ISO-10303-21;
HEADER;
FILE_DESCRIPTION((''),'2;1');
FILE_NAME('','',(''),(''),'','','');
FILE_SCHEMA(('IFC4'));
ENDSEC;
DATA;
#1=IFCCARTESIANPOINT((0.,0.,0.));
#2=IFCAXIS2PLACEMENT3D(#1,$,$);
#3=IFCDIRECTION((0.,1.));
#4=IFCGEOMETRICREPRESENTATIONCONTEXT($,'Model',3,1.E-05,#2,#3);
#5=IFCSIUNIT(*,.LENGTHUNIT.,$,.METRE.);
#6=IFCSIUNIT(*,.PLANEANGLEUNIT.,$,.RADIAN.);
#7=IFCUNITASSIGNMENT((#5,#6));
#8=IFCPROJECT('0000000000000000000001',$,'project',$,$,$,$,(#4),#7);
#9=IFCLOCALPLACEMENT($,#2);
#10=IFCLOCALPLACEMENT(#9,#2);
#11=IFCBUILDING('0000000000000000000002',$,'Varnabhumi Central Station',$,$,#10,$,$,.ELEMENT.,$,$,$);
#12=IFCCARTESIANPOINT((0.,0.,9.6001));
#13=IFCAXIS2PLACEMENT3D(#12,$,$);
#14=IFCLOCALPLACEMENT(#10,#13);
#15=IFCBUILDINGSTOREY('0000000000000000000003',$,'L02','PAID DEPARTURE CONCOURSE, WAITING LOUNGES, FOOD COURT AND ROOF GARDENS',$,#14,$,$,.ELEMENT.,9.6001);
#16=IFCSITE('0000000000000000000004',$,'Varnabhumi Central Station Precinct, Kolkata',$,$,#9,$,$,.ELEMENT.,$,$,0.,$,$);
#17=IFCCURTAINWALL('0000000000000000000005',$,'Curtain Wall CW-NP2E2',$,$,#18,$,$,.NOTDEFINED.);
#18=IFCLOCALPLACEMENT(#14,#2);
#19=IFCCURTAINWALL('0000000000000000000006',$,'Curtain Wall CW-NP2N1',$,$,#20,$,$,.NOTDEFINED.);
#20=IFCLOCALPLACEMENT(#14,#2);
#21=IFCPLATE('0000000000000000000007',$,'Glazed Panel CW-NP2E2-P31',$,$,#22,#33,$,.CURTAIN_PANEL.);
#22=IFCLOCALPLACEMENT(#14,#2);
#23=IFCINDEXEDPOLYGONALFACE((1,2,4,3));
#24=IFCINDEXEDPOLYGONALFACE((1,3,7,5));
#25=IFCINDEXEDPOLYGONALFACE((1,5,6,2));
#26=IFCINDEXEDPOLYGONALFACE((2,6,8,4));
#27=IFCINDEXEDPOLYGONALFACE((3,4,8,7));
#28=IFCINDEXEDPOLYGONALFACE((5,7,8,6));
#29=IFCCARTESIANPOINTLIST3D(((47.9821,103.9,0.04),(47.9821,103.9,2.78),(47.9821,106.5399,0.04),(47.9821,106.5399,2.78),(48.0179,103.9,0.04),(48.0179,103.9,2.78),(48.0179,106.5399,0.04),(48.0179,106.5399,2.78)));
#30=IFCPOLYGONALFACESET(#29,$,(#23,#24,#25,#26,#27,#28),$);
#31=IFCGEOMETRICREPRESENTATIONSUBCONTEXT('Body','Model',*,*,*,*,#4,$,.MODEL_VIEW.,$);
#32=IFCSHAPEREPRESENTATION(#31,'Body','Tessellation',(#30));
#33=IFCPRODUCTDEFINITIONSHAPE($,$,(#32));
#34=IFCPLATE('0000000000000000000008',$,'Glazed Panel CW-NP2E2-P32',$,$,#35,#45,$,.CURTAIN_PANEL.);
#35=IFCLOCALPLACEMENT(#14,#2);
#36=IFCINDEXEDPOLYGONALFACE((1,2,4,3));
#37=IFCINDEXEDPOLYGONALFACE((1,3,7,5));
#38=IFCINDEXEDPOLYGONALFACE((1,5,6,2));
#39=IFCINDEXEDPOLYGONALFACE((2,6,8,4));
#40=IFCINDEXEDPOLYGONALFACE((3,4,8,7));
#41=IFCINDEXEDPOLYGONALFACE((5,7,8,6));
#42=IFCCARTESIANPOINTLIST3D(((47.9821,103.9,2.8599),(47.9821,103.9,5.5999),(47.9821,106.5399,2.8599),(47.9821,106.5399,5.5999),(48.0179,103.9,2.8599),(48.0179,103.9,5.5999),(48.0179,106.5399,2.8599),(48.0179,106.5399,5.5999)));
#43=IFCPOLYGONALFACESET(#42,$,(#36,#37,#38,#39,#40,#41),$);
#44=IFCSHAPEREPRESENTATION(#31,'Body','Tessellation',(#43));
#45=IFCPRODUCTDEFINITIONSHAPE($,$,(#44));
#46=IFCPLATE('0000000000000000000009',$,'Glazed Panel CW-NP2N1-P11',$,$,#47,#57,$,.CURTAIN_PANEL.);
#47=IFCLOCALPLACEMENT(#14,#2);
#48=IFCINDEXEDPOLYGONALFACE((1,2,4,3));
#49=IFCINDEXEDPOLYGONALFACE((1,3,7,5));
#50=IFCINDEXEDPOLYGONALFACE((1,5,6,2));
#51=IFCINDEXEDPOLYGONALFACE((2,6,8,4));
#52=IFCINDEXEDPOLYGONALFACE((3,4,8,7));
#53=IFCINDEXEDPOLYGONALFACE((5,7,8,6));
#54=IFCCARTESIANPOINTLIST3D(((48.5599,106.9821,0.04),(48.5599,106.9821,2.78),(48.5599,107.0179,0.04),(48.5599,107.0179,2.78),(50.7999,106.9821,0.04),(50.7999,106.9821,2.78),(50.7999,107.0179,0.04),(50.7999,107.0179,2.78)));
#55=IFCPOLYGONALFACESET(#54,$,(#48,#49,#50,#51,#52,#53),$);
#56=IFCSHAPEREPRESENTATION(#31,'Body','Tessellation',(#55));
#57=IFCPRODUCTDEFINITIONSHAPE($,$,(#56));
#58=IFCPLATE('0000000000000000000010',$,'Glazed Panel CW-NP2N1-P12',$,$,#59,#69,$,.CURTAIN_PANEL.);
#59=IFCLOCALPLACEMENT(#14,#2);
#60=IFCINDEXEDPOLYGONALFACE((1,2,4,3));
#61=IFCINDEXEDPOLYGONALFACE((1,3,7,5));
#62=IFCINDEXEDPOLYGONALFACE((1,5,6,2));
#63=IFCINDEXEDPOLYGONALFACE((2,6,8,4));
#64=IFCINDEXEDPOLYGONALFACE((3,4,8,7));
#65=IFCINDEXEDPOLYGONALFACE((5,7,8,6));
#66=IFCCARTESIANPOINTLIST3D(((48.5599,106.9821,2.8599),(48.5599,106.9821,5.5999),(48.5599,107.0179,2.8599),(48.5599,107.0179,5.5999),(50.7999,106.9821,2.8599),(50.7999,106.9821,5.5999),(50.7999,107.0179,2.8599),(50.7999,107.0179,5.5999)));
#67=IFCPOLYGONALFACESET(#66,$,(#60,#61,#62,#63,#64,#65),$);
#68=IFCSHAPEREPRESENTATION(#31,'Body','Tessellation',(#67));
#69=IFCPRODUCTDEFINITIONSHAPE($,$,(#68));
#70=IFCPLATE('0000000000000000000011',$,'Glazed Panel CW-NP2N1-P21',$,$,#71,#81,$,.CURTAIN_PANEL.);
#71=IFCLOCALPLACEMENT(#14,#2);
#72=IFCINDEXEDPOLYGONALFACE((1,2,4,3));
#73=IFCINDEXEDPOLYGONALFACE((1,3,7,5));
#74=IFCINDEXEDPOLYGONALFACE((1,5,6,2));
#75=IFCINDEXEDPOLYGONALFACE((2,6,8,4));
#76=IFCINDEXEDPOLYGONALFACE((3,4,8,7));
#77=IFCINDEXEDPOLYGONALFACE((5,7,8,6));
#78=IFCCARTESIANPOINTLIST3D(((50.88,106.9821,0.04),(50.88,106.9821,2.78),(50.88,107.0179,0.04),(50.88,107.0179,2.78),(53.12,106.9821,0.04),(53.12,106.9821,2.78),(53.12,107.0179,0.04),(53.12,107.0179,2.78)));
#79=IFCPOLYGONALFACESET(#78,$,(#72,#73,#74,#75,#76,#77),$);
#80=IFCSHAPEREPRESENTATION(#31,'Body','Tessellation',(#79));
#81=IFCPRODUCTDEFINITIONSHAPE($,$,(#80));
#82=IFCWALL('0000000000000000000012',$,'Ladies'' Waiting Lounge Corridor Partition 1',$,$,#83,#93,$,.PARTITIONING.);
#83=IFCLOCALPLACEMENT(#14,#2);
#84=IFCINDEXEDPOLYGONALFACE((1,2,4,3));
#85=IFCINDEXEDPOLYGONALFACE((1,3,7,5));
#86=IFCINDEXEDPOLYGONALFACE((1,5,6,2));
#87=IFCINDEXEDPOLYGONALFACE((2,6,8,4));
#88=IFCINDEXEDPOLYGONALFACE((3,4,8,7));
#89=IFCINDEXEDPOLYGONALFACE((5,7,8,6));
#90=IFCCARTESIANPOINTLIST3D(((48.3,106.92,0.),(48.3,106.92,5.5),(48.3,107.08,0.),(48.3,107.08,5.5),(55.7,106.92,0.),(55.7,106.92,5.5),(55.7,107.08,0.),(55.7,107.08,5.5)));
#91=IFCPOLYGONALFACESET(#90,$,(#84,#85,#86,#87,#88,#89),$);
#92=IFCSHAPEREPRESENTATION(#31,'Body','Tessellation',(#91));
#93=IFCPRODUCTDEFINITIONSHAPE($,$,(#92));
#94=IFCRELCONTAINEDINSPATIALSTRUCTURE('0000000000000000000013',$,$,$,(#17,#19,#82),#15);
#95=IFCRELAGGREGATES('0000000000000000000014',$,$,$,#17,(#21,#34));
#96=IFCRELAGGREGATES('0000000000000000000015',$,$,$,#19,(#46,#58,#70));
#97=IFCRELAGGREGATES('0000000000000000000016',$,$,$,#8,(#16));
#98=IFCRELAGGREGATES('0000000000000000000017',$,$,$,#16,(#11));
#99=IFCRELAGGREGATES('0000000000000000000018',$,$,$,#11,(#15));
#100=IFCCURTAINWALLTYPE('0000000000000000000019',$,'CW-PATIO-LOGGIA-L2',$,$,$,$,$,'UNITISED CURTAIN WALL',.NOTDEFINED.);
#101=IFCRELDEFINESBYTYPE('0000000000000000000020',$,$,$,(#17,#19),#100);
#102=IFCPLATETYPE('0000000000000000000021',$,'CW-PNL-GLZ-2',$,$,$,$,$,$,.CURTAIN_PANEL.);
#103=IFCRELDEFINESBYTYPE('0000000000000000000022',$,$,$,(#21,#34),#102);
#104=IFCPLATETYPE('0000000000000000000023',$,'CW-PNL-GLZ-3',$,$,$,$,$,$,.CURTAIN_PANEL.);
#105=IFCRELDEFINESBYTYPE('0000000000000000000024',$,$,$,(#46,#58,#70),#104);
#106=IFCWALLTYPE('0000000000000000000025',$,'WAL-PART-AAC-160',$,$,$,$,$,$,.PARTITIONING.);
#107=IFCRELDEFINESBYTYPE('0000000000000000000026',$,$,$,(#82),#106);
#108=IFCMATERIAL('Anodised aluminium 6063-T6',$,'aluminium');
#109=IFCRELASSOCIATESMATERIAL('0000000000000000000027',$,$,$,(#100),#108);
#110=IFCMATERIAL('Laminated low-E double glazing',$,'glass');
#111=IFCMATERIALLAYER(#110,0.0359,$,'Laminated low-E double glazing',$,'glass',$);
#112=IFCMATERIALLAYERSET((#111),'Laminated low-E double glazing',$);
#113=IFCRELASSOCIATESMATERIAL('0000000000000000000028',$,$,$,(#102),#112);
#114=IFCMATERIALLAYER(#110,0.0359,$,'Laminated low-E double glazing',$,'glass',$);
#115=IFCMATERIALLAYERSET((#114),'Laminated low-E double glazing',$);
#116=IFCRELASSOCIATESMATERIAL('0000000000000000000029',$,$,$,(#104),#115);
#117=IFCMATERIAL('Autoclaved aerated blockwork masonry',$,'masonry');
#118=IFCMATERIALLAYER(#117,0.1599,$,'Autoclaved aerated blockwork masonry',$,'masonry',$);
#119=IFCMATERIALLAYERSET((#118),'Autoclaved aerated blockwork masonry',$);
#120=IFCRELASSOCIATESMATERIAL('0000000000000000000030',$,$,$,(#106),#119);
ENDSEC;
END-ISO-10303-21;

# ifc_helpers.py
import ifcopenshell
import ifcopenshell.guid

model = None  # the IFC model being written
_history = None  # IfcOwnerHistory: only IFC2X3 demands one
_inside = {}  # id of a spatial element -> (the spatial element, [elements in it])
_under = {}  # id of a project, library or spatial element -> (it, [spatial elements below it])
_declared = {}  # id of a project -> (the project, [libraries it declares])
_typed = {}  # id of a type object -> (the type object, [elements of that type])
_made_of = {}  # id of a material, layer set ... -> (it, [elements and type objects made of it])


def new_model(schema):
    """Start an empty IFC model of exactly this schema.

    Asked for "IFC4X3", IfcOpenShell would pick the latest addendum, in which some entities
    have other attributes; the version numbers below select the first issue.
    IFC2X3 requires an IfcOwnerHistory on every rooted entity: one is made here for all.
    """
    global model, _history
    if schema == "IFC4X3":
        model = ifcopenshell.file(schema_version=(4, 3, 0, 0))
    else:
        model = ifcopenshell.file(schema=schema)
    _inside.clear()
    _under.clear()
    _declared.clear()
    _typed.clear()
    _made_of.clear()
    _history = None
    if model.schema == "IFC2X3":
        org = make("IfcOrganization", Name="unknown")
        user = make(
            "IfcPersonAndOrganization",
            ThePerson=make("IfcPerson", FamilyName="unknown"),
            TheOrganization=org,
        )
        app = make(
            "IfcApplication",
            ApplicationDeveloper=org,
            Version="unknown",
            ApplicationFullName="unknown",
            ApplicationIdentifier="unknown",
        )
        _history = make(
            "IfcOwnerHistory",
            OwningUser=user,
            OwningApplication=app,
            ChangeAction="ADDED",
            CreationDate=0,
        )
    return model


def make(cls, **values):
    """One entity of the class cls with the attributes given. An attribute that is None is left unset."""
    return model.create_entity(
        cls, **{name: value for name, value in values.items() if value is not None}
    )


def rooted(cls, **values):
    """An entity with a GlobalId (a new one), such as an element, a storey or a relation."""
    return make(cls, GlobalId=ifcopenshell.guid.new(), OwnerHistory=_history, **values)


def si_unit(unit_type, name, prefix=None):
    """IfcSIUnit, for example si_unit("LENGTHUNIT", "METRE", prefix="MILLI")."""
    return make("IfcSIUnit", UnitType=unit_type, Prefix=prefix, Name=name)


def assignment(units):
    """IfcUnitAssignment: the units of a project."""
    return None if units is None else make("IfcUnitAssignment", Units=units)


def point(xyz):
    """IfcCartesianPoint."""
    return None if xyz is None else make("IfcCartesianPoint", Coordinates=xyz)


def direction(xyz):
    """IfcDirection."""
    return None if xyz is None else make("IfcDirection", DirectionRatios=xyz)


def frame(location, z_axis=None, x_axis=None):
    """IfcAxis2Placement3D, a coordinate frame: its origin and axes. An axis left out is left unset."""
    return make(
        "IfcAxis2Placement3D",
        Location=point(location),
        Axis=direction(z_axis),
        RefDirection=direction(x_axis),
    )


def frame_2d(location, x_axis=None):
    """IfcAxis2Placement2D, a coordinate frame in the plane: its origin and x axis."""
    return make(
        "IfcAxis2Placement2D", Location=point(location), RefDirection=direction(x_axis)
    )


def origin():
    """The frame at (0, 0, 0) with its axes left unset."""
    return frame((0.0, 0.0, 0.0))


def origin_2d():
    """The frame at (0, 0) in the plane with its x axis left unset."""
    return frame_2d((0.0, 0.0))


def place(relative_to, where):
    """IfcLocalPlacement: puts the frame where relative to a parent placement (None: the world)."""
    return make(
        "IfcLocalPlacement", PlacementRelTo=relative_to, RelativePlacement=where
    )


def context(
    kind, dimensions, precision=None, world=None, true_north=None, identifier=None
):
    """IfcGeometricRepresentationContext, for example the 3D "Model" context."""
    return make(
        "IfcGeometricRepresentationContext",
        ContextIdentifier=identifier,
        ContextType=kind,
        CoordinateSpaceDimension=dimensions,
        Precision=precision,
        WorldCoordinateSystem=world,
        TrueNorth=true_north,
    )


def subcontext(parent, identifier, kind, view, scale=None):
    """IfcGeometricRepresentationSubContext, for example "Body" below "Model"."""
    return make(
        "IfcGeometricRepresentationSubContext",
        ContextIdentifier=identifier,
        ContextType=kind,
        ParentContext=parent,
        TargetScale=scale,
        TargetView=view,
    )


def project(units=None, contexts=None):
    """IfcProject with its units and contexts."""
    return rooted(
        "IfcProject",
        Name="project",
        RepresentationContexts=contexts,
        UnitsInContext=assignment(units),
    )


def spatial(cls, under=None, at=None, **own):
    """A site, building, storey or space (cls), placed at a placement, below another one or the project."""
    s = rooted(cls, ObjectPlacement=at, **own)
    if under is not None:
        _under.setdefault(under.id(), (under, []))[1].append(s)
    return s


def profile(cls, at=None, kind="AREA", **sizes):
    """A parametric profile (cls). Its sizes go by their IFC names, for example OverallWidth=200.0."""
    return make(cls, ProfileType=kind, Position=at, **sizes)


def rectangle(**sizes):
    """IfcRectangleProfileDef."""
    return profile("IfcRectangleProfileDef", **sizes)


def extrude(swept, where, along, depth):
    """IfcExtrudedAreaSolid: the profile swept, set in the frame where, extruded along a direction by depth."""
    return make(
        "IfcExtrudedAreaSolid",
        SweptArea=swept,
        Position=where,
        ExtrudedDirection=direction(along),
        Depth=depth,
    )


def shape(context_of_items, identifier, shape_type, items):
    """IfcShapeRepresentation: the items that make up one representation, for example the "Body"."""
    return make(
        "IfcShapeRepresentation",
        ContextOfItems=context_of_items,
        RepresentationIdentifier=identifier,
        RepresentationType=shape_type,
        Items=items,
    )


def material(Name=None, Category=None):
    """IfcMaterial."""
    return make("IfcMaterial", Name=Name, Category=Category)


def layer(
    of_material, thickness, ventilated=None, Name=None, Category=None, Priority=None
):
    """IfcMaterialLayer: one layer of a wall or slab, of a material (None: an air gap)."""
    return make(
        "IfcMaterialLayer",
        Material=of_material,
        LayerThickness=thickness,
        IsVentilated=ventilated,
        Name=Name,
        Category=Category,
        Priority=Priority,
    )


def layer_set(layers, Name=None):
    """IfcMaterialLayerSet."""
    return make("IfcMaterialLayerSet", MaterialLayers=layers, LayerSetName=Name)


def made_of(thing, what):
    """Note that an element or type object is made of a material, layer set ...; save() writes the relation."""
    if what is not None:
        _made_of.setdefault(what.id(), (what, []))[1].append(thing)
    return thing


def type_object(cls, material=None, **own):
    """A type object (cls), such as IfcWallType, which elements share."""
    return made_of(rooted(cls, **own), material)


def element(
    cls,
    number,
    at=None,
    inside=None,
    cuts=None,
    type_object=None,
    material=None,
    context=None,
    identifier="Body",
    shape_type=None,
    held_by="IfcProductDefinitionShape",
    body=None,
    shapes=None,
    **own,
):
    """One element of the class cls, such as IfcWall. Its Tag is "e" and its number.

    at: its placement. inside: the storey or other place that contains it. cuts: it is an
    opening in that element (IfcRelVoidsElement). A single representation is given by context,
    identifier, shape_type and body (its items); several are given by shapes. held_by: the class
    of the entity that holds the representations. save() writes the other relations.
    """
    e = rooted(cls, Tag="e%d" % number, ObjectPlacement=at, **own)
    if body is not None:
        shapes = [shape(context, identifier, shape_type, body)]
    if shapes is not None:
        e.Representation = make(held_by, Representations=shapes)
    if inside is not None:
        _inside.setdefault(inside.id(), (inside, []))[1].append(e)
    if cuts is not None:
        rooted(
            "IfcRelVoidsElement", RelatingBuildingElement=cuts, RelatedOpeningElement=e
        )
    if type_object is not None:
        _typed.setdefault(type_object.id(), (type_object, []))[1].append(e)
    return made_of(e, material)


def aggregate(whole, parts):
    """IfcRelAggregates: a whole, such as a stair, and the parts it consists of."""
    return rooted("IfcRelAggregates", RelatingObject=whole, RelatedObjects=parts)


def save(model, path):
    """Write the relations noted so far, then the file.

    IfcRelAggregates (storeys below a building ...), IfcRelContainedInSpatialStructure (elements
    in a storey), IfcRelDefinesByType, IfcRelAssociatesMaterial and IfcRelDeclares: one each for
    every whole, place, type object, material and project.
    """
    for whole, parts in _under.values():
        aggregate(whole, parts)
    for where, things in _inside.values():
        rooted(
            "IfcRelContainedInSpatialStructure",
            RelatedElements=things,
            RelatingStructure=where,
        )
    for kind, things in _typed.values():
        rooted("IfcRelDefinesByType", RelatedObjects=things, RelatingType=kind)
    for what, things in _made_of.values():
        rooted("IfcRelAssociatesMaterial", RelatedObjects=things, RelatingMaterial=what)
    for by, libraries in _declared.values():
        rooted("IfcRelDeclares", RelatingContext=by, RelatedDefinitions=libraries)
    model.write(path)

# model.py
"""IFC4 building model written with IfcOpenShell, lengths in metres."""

from ifc_helpers import new_model, si_unit, direction, frame, frame_2d, origin, origin_2d, place, context, subcontext, project, spatial, rectangle, extrude, material, layer, layer_set, type_object, element, aggregate, save


model = new_model("IFC4")

# Units and contexts
model_context = context("Model", 3, precision=1e-05, world=origin(), true_north=direction((0.0, 1.0)))
body_context = subcontext(model_context, "Body", "Model", "MODEL_VIEW")
ifc_project = project(units=[si_unit("LENGTHUNIT", "METRE"), si_unit("PLANEANGLEUNIT", "RADIAN")], contexts=[model_context])

# Site, building, storey
site_placement = place(None, origin())
site = spatial("IfcSite", under=ifc_project, at=site_placement, Name="Varnabhumi Central Station Precinct, Kolkata", CompositionType="ELEMENT", RefElevation=0.0)
building_placement = place(site_placement, origin())
building = spatial("IfcBuilding", under=site, at=building_placement, Name="Varnabhumi Central Station", CompositionType="ELEMENT")
storey_placement = place(building_placement, frame((0.0, 0.0, 9.6001)))
storey = spatial("IfcBuildingStorey", under=building, at=storey_placement, Name="L02", Description="PAID DEPARTURE CONCOURSE, WAITING LOUNGES, FOOD COURT AND ROOF GARDENS", CompositionType="ELEMENT", Elevation=9.6001)

# Curtain walls
ifc_material_1 = material(Name="Anodised aluminium 6063-T6", Category="aluminium")
curtain_wall_type = type_object("IfcCurtainWallType", Name="CW-PATIO-LOGGIA-L2", ElementType="UNITISED CURTAIN WALL", PredefinedType="NOTDEFINED", material=ifc_material_1)
curtain_wall_1_placement = place(storey_placement, origin())
curtain_wall_1 = element("IfcCurtainWall", 1, at=curtain_wall_1_placement, inside=storey, type_object=curtain_wall_type, Name="Curtain Wall CW-NP2E2", PredefinedType="NOTDEFINED")
curtain_wall_2_placement = place(storey_placement, origin())
curtain_wall_2 = element("IfcCurtainWall", 2, at=curtain_wall_2_placement, inside=storey, type_object=curtain_wall_type, Name="Curtain Wall CW-NP2N1", PredefinedType="NOTDEFINED")

# Plates
ifc_material_2 = material(Name="Laminated low-E double glazing", Category="glass")
ifc_layer_1 = layer(ifc_material_2, 0.0359, Name="Laminated low-E double glazing", Category="glass")
ifc_layer_set_1 = layer_set([ifc_layer_1], Name="Laminated low-E double glazing")
plate_type_1 = type_object("IfcPlateType", Name="CW-PNL-GLZ-2", PredefinedType="CURTAIN_PANEL", material=ifc_layer_set_1)
plate_1_placement = place(storey_placement, frame((48.0, 105.22, 0.04), z_axis=(0.0, 0.0, 1.0), x_axis=(0.0, 1.0, 0.0)))
plate_1 = element("IfcPlate", 3, at=plate_1_placement, type_object=plate_type_1, Name="Glazed Panel CW-NP2E2-P31", PredefinedType="CURTAIN_PANEL", context=body_context, shape_type="SweptSolid", body=[
    extrude(rectangle(XDim=2.6399, YDim=0.0359, at=origin_2d()), origin(), (0.0, 0.0, 1.0), 2.74),
])
plate_2_placement = place(storey_placement, frame((48.0, 105.22, 2.8599), z_axis=(0.0, 0.0, 1.0), x_axis=(0.0, 1.0, 0.0)))
plate_2 = element("IfcPlate", 4, at=plate_2_placement, type_object=plate_type_1, Name="Glazed Panel CW-NP2E2-P32", PredefinedType="CURTAIN_PANEL", context=body_context, shape_type="SweptSolid", body=[
    extrude(rectangle(XDim=2.6399, YDim=0.0359, at=origin_2d()), origin(), (0.0, 0.0, 1.0), 2.74),
])
aggregate(curtain_wall_1, [plate_1, plate_2])
ifc_layer_2 = layer(ifc_material_2, 0.0359, Name="Laminated low-E double glazing", Category="glass")
ifc_layer_set_2 = layer_set([ifc_layer_2], Name="Laminated low-E double glazing")
plate_type_2 = type_object("IfcPlateType", Name="CW-PNL-GLZ-3", PredefinedType="CURTAIN_PANEL", material=ifc_layer_set_2)
plate_3_placement = place(storey_placement, frame((49.6799, 107.0, 0.04), z_axis=(0.0, 0.0, 1.0), x_axis=(1.0, 0.0, 0.0)))
plate_3 = element("IfcPlate", 5, at=plate_3_placement, type_object=plate_type_2, Name="Glazed Panel CW-NP2N1-P11", PredefinedType="CURTAIN_PANEL", context=body_context, shape_type="SweptSolid", body=[
    extrude(rectangle(XDim=2.24, YDim=0.0359, at=origin_2d()), origin(), (0.0, 0.0, 1.0), 2.74),
])
plate_4_placement = place(storey_placement, frame((49.6799, 107.0, 2.8599), z_axis=(0.0, 0.0, 1.0), x_axis=(1.0, 0.0, 0.0)))
plate_4 = element("IfcPlate", 6, at=plate_4_placement, type_object=plate_type_2, Name="Glazed Panel CW-NP2N1-P12", PredefinedType="CURTAIN_PANEL", context=body_context, shape_type="SweptSolid", body=[
    extrude(rectangle(XDim=2.24, YDim=0.0359, at=origin_2d()), origin(), (0.0, 0.0, 1.0), 2.74),
])
plate_5_placement = place(storey_placement, frame((52.0, 107.0, 0.04), z_axis=(0.0, 0.0, 1.0), x_axis=(1.0, 0.0, 0.0)))
plate_5 = element("IfcPlate", 7, at=plate_5_placement, type_object=plate_type_2, Name="Glazed Panel CW-NP2N1-P21", PredefinedType="CURTAIN_PANEL", context=body_context, shape_type="SweptSolid", body=[
    extrude(rectangle(XDim=2.24, YDim=0.0359, at=origin_2d()), origin(), (0.0, 0.0, 1.0), 2.74),
])
aggregate(curtain_wall_2, [plate_3, plate_4, plate_5])

# Wall
ifc_material_3 = material(Name="Autoclaved aerated blockwork masonry", Category="masonry")
ifc_layer_3 = layer(ifc_material_3, 0.1599, Name="Autoclaved aerated blockwork masonry", Category="masonry")
ifc_layer_set_3 = layer_set([ifc_layer_3], Name="Autoclaved aerated blockwork masonry")
wall_type = type_object("IfcWallType", Name="WAL-PART-AAC-160", PredefinedType="PARTITIONING", material=ifc_layer_set_3)
wall_placement = place(storey_placement, frame((48.3, 107.0, 0.0), z_axis=(0.0, 0.0, 1.0), x_axis=(1.0, 0.0, 0.0)))
element("IfcWall", 8, at=wall_placement, inside=storey, type_object=wall_type, Name="Ladies' Waiting Lounge Corridor Partition 1", PredefinedType="PARTITIONING", context=body_context, shape_type="SweptSolid", body=[
    extrude(rectangle(XDim=7.3999, YDim=0.1599, at=frame_2d((3.7, 0.0))), origin(), (0.0, 0.0, 1.0), 5.5),
])

save(model, "model.ifc")
